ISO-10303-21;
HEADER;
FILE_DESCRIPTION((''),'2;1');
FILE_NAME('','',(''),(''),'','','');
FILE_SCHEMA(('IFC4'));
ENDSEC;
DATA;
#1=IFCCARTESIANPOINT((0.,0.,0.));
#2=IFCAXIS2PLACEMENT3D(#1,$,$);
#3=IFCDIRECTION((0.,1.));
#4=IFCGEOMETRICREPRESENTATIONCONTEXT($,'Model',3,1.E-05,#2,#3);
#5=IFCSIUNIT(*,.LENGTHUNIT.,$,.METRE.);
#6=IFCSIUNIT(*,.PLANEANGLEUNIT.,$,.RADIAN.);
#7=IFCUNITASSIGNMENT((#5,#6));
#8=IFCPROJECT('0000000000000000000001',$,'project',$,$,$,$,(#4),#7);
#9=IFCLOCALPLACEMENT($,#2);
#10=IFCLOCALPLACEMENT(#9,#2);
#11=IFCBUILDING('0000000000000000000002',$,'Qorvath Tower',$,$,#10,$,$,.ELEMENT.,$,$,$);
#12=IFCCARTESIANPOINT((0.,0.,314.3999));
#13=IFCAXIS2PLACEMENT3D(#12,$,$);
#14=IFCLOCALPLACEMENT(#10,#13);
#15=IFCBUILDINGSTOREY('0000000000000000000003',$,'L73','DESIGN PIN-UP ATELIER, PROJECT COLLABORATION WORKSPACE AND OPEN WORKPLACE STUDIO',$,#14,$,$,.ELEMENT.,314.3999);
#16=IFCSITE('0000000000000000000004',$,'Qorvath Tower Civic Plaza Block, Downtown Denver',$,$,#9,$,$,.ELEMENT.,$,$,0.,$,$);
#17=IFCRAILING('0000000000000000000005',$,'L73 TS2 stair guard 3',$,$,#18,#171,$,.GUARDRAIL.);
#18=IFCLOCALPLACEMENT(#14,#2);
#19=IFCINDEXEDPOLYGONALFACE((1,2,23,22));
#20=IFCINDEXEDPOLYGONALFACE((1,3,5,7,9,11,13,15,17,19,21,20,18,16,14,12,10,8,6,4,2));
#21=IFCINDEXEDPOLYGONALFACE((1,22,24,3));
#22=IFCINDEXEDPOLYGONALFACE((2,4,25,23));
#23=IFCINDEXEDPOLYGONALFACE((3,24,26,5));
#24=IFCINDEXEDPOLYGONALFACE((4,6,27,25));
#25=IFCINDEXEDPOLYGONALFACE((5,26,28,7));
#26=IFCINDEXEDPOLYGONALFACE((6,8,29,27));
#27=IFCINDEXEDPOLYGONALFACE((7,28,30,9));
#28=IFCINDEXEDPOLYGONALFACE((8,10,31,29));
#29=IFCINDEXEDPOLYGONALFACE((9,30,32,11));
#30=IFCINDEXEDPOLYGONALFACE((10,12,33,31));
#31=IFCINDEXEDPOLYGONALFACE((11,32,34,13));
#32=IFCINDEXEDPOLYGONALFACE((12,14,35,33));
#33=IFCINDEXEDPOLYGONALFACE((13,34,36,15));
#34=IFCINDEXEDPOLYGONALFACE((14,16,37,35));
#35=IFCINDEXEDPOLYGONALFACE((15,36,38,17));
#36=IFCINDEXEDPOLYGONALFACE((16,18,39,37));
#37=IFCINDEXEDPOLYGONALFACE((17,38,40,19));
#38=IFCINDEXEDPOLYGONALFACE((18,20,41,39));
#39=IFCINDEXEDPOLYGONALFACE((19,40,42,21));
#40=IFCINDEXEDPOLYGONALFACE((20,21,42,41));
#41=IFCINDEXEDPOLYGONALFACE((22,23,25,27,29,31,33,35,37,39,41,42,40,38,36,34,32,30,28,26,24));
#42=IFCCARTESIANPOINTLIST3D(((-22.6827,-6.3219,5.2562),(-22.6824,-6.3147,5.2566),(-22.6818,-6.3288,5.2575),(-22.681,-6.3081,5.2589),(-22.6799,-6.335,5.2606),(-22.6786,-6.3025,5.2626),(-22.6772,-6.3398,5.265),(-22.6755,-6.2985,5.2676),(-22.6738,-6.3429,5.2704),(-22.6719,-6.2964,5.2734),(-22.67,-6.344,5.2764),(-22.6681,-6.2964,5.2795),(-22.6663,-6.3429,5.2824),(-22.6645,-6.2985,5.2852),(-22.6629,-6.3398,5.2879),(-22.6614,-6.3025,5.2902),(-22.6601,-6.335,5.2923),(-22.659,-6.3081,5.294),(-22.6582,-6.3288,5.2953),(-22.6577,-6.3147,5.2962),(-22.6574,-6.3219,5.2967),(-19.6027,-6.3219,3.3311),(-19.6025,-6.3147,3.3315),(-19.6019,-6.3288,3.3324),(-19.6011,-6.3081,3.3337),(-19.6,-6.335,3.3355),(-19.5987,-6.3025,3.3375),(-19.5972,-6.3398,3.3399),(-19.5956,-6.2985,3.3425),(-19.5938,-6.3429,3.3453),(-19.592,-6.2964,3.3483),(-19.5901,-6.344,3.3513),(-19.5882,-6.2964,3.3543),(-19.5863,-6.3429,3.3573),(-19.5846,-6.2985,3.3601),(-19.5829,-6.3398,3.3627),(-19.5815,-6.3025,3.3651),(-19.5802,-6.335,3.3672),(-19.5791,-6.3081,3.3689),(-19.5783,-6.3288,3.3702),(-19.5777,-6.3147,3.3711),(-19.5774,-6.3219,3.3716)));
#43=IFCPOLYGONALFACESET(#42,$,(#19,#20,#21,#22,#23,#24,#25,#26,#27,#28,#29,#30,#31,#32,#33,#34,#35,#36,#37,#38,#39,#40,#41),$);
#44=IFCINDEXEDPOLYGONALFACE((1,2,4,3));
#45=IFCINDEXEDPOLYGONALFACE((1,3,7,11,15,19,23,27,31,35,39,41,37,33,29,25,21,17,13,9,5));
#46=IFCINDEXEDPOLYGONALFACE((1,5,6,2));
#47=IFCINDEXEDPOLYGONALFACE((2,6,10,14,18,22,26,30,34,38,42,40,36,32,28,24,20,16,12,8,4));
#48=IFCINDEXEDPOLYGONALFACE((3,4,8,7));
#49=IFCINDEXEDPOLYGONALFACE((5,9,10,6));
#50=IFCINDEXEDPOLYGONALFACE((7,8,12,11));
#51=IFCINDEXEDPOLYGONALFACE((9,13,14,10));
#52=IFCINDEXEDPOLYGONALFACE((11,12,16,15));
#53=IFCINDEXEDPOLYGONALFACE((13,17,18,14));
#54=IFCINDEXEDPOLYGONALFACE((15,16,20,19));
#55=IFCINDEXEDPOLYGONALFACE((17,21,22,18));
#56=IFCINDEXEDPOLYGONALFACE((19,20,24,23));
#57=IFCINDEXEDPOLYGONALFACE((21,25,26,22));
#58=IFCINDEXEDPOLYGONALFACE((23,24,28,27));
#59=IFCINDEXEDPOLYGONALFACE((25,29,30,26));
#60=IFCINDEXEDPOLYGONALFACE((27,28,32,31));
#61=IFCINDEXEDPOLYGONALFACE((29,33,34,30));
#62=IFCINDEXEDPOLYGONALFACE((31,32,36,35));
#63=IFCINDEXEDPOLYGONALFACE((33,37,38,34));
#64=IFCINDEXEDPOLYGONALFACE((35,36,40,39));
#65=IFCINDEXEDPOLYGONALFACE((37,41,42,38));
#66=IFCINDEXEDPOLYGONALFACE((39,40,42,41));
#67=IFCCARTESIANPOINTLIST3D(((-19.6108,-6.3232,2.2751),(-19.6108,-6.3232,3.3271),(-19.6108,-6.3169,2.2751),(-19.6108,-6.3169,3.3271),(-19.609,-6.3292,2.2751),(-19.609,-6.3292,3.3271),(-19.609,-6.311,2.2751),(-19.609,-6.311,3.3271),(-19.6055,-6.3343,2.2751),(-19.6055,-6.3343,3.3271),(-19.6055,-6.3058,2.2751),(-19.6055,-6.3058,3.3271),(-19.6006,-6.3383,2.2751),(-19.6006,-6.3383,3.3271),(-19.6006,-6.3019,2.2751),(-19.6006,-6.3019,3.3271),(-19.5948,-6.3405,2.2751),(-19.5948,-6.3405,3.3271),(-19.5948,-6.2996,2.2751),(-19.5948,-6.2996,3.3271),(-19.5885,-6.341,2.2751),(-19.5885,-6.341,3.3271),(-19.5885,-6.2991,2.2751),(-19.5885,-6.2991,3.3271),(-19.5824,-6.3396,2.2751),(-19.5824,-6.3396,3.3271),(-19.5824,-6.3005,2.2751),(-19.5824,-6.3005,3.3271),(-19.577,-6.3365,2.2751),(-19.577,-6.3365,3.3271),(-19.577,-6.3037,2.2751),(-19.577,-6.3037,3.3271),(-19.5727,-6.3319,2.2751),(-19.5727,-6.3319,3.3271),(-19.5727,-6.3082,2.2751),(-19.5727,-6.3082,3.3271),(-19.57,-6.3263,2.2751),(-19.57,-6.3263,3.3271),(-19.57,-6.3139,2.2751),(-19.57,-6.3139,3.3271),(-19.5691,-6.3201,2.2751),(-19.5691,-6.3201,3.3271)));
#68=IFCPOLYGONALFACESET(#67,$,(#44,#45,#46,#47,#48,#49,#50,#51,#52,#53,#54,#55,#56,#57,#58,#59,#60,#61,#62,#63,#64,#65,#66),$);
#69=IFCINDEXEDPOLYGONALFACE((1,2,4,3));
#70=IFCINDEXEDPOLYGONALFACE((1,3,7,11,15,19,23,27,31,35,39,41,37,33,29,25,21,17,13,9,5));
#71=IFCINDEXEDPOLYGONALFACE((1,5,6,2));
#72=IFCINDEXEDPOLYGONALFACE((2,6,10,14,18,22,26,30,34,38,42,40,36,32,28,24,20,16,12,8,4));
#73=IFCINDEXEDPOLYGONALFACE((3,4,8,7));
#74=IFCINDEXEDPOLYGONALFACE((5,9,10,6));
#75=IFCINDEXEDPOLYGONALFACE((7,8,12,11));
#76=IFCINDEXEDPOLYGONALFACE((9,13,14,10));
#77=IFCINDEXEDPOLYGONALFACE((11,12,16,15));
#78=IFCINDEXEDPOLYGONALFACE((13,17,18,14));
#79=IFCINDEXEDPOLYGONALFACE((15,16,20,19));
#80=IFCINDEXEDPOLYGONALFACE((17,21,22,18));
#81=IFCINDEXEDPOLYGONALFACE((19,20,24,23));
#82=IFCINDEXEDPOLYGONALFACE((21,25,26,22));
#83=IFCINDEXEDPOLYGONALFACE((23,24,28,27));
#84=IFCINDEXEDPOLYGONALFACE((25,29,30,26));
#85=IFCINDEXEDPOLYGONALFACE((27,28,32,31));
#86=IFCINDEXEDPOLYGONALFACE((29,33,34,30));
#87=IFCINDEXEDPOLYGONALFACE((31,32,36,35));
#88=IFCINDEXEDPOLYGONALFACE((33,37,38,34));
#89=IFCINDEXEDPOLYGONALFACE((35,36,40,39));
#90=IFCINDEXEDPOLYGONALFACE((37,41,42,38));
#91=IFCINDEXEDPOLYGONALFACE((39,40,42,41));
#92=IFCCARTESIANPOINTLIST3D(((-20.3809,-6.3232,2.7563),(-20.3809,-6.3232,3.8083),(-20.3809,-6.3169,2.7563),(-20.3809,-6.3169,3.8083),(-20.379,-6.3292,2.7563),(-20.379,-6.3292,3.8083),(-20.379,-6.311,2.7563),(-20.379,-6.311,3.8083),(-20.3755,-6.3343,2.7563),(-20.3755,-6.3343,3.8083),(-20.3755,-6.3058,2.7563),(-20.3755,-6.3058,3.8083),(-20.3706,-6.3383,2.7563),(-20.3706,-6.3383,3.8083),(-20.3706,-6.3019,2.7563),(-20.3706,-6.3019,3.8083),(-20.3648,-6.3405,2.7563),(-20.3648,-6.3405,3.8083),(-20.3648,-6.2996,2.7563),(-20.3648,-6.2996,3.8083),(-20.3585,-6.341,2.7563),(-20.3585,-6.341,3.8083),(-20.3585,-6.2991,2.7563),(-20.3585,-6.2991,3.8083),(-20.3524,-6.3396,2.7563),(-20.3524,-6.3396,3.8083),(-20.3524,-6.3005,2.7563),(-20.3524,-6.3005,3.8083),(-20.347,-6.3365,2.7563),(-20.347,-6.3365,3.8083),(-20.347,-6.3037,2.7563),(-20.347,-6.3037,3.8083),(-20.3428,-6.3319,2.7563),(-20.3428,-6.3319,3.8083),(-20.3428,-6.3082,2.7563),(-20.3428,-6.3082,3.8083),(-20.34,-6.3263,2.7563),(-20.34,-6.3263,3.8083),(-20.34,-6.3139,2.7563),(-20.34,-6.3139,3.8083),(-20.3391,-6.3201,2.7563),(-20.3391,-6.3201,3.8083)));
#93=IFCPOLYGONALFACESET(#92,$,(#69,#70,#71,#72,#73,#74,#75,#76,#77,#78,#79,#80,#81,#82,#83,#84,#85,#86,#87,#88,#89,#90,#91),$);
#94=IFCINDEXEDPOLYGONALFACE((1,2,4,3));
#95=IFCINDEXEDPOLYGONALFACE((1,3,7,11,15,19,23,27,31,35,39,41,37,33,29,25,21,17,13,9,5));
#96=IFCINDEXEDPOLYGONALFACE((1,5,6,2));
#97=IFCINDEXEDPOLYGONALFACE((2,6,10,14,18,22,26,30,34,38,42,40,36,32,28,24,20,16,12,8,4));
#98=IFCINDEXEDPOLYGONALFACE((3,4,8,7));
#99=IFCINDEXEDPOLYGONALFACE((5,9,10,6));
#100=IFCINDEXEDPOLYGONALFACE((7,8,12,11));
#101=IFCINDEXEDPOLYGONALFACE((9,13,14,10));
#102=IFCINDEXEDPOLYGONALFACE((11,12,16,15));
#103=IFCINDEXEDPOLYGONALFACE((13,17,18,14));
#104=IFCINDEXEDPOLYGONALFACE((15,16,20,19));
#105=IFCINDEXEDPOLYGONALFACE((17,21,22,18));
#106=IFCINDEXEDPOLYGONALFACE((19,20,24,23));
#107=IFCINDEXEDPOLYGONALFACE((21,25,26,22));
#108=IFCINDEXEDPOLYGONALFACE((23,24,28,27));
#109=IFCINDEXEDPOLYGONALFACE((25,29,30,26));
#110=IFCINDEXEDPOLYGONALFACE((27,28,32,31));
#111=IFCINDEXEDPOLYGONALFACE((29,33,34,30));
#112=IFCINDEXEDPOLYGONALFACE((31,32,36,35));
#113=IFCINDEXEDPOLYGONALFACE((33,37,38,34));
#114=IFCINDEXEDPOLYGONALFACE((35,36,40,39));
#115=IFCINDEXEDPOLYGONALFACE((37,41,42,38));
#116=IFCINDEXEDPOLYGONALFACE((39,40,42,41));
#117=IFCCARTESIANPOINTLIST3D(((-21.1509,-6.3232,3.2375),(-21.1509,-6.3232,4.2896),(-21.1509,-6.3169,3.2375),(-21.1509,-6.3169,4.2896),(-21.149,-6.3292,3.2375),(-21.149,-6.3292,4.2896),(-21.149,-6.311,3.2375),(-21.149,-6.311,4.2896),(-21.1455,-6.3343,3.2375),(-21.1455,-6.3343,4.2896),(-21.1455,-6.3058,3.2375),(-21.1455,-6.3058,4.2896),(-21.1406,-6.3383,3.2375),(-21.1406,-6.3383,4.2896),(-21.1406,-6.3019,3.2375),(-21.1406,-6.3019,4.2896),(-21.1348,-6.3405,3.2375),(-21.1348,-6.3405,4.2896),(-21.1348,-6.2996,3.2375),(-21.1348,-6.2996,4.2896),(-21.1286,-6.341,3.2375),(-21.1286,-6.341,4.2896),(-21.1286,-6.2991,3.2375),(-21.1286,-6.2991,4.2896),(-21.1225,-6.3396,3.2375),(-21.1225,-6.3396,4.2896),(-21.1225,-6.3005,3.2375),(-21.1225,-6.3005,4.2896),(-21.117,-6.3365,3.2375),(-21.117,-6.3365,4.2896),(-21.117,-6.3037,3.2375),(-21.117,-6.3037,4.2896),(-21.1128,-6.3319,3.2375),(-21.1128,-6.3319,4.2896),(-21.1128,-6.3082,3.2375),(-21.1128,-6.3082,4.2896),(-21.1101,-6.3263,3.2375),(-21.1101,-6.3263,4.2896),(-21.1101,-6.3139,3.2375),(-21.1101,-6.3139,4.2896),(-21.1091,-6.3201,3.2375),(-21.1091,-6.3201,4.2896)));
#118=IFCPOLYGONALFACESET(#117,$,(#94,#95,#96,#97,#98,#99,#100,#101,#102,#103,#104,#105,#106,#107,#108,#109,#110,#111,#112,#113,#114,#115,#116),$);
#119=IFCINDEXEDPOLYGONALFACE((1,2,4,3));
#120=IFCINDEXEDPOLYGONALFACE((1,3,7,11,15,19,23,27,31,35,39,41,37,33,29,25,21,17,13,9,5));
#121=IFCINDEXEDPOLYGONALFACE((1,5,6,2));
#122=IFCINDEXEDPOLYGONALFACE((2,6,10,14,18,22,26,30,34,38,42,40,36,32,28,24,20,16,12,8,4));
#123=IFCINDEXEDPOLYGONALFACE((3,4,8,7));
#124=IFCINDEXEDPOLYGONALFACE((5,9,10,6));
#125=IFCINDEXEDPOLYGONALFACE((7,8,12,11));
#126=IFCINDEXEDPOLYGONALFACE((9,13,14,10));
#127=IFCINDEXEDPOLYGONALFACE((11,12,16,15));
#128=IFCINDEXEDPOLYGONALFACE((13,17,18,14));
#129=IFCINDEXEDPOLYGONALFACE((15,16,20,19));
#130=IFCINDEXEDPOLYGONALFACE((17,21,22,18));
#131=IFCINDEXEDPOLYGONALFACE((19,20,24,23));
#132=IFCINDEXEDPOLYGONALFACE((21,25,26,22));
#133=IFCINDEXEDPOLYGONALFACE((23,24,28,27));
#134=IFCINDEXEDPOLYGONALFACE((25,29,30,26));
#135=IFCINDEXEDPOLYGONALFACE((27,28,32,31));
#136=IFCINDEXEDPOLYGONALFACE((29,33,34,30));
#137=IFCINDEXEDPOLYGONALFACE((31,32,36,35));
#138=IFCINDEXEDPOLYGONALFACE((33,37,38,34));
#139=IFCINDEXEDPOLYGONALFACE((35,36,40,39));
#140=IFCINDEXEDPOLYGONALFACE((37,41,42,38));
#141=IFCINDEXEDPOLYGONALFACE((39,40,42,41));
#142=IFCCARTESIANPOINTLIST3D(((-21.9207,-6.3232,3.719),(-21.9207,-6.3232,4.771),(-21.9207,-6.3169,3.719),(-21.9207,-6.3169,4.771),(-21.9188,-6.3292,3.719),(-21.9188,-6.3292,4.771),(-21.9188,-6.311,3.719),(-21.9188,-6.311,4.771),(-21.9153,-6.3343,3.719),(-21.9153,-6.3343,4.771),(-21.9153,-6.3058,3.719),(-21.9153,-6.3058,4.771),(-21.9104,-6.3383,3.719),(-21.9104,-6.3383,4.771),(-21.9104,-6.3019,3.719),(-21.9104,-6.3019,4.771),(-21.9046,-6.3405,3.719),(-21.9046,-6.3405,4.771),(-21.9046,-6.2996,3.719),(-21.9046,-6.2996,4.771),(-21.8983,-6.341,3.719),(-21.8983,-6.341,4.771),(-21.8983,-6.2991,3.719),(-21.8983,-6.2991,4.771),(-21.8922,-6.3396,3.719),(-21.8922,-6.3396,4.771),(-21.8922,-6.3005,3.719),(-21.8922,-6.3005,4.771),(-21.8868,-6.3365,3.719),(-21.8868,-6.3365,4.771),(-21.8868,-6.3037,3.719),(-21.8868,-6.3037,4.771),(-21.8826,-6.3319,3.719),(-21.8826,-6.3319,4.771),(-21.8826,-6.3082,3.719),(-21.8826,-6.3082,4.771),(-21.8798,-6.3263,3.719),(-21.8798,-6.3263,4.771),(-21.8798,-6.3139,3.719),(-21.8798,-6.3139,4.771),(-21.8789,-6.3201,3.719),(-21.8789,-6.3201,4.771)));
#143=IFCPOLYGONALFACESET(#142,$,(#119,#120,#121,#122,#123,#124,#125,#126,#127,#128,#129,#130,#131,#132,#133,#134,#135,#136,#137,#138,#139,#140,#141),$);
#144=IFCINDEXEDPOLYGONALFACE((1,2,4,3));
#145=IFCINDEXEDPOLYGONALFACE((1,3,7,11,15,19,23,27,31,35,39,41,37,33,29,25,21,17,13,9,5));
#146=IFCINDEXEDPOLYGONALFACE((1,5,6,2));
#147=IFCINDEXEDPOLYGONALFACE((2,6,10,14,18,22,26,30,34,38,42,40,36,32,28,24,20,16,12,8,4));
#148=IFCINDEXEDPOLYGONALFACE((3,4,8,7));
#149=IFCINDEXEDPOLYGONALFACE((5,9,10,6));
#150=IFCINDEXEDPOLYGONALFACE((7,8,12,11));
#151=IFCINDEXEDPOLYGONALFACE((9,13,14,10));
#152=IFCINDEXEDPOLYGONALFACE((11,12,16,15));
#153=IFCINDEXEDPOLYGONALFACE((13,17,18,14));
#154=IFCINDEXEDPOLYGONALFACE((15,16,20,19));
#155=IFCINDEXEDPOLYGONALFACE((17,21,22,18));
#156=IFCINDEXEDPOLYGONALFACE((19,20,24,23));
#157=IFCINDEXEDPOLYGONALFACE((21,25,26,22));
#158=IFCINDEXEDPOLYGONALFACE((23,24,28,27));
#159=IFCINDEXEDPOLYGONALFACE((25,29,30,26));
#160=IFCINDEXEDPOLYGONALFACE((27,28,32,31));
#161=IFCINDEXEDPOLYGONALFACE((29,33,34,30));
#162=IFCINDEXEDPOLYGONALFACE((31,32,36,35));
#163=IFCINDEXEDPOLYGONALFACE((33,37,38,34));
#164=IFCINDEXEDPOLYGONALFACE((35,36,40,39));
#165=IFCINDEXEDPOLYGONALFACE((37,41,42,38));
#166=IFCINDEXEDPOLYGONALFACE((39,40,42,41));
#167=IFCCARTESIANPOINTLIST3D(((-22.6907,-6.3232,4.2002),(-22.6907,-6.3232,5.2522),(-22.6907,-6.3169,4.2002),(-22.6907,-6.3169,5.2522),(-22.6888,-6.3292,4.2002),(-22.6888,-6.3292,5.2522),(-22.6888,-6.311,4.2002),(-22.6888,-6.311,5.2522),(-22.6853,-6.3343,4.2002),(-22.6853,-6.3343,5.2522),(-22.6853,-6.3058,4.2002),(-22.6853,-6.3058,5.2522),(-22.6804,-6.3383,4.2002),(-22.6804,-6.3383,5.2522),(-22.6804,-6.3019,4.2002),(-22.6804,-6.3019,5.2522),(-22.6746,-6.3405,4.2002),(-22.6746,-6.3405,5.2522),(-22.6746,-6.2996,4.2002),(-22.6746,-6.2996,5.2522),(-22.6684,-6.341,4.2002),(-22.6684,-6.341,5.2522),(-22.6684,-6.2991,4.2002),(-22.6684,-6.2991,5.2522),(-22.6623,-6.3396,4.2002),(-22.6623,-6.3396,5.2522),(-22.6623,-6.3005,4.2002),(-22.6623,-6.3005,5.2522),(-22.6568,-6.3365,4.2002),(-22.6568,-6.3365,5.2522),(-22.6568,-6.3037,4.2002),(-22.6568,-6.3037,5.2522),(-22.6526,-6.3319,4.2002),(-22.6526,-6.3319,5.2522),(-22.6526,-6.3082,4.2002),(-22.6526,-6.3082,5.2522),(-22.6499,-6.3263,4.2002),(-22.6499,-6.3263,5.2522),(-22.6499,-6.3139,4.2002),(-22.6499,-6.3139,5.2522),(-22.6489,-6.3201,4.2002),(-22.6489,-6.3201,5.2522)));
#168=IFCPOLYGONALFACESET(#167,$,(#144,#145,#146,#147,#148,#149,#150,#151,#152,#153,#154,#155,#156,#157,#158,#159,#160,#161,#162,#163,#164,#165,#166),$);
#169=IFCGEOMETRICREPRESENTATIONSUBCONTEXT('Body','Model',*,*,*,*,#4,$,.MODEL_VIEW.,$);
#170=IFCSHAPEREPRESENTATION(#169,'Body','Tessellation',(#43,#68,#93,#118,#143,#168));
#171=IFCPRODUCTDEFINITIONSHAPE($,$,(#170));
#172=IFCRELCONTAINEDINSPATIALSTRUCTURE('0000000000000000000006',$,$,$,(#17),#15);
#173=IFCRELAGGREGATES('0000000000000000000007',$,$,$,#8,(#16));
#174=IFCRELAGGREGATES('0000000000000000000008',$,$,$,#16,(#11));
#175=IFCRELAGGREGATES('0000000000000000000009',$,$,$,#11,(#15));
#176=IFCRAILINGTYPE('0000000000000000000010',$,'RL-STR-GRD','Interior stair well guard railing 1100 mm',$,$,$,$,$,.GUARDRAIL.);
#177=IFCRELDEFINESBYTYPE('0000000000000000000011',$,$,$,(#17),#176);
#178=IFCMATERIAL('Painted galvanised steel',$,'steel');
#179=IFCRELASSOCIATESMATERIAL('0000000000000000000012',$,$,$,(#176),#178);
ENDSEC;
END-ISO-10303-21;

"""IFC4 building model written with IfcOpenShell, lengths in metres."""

from ifc_helpers import new_model, si_unit, direction, frame, origin, origin_2d, place, context, subcontext, project, spatial, circle, extrude, material, type_object, element, save


model = new_model("IFC4")

# Units and contexts
model_context = context("Model", 3, precision=1e-05, world=origin(), true_north=direction((0.0, 1.0)))
body_context = subcontext(model_context, "Body", "Model", "MODEL_VIEW")
ifc_project = project(units=[si_unit("LENGTHUNIT", "METRE"), si_unit("PLANEANGLEUNIT", "RADIAN")], contexts=[model_context])

# Site, building, storey
site_placement = place(None, origin())
site = spatial("IfcSite", under=ifc_project, at=site_placement, Name="Qorvath Tower Civic Plaza Block, Downtown Denver", CompositionType="ELEMENT", RefElevation=0.0)
building_placement = place(site_placement, origin())
building = spatial("IfcBuilding", under=site, at=building_placement, Name="Qorvath Tower", CompositionType="ELEMENT")
storey_placement = place(building_placement, frame((0.0, 0.0, 314.3999)))
storey = spatial("IfcBuildingStorey", under=building, at=storey_placement, Name="L73", Description="DESIGN PIN-UP ATELIER, PROJECT COLLABORATION WORKSPACE AND OPEN WORKPLACE STUDIO", CompositionType="ELEMENT", Elevation=314.3999)

# Railing
ifc_material_1 = material(Name="Painted galvanised steel", Category="steel")
railing_type_1 = type_object("IfcRailingType", Name="RL-STR-GRD", Description="Interior stair well guard railing 1100 mm", PredefinedType="GUARDRAIL", material=ifc_material_1)
railing_1_placement = place(storey_placement, frame((-19.5901, -6.3201, 2.2751)))
element("IfcRailing", 1, at=railing_1_placement, inside=storey, type_object=railing_type_1, Name="L73 TS2 stair guard 3", PredefinedType="GUARDRAIL", context=body_context, shape_type="SweptSolid", body=[
    extrude(circle(Radius=0.0239, at=origin_2d()), frame((0.0, 0.0, 1.0762), z_axis=(-0.847979, 0.0, 0.530029), x_axis=(0.0, -1.0, 0.0)), (0.0, 0.0, 1.0), 3.6321),
    extrude(circle(Radius=0.021, at=origin_2d()), origin(), (0.0, 0.0, 1.0), 1.052),
    extrude(circle(Radius=0.021, at=origin_2d()), frame((-0.77, 0.0, 0.4812)), (0.0, 0.0, 1.0), 1.052),
    extrude(circle(Radius=0.021, at=origin_2d()), frame((-1.54, 0.0, 0.9624)), (0.0, 0.0, 1.0), 1.052),
    extrude(circle(Radius=0.021, at=origin_2d()), frame((-2.3098, 0.0, 1.4438)), (0.0, 0.0, 1.0), 1.052),
    extrude(circle(Radius=0.021, at=origin_2d()), frame((-3.0798, 0.0, 1.925)), (0.0, 0.0, 1.0), 1.052),
])

save(model, "model.ifc")
